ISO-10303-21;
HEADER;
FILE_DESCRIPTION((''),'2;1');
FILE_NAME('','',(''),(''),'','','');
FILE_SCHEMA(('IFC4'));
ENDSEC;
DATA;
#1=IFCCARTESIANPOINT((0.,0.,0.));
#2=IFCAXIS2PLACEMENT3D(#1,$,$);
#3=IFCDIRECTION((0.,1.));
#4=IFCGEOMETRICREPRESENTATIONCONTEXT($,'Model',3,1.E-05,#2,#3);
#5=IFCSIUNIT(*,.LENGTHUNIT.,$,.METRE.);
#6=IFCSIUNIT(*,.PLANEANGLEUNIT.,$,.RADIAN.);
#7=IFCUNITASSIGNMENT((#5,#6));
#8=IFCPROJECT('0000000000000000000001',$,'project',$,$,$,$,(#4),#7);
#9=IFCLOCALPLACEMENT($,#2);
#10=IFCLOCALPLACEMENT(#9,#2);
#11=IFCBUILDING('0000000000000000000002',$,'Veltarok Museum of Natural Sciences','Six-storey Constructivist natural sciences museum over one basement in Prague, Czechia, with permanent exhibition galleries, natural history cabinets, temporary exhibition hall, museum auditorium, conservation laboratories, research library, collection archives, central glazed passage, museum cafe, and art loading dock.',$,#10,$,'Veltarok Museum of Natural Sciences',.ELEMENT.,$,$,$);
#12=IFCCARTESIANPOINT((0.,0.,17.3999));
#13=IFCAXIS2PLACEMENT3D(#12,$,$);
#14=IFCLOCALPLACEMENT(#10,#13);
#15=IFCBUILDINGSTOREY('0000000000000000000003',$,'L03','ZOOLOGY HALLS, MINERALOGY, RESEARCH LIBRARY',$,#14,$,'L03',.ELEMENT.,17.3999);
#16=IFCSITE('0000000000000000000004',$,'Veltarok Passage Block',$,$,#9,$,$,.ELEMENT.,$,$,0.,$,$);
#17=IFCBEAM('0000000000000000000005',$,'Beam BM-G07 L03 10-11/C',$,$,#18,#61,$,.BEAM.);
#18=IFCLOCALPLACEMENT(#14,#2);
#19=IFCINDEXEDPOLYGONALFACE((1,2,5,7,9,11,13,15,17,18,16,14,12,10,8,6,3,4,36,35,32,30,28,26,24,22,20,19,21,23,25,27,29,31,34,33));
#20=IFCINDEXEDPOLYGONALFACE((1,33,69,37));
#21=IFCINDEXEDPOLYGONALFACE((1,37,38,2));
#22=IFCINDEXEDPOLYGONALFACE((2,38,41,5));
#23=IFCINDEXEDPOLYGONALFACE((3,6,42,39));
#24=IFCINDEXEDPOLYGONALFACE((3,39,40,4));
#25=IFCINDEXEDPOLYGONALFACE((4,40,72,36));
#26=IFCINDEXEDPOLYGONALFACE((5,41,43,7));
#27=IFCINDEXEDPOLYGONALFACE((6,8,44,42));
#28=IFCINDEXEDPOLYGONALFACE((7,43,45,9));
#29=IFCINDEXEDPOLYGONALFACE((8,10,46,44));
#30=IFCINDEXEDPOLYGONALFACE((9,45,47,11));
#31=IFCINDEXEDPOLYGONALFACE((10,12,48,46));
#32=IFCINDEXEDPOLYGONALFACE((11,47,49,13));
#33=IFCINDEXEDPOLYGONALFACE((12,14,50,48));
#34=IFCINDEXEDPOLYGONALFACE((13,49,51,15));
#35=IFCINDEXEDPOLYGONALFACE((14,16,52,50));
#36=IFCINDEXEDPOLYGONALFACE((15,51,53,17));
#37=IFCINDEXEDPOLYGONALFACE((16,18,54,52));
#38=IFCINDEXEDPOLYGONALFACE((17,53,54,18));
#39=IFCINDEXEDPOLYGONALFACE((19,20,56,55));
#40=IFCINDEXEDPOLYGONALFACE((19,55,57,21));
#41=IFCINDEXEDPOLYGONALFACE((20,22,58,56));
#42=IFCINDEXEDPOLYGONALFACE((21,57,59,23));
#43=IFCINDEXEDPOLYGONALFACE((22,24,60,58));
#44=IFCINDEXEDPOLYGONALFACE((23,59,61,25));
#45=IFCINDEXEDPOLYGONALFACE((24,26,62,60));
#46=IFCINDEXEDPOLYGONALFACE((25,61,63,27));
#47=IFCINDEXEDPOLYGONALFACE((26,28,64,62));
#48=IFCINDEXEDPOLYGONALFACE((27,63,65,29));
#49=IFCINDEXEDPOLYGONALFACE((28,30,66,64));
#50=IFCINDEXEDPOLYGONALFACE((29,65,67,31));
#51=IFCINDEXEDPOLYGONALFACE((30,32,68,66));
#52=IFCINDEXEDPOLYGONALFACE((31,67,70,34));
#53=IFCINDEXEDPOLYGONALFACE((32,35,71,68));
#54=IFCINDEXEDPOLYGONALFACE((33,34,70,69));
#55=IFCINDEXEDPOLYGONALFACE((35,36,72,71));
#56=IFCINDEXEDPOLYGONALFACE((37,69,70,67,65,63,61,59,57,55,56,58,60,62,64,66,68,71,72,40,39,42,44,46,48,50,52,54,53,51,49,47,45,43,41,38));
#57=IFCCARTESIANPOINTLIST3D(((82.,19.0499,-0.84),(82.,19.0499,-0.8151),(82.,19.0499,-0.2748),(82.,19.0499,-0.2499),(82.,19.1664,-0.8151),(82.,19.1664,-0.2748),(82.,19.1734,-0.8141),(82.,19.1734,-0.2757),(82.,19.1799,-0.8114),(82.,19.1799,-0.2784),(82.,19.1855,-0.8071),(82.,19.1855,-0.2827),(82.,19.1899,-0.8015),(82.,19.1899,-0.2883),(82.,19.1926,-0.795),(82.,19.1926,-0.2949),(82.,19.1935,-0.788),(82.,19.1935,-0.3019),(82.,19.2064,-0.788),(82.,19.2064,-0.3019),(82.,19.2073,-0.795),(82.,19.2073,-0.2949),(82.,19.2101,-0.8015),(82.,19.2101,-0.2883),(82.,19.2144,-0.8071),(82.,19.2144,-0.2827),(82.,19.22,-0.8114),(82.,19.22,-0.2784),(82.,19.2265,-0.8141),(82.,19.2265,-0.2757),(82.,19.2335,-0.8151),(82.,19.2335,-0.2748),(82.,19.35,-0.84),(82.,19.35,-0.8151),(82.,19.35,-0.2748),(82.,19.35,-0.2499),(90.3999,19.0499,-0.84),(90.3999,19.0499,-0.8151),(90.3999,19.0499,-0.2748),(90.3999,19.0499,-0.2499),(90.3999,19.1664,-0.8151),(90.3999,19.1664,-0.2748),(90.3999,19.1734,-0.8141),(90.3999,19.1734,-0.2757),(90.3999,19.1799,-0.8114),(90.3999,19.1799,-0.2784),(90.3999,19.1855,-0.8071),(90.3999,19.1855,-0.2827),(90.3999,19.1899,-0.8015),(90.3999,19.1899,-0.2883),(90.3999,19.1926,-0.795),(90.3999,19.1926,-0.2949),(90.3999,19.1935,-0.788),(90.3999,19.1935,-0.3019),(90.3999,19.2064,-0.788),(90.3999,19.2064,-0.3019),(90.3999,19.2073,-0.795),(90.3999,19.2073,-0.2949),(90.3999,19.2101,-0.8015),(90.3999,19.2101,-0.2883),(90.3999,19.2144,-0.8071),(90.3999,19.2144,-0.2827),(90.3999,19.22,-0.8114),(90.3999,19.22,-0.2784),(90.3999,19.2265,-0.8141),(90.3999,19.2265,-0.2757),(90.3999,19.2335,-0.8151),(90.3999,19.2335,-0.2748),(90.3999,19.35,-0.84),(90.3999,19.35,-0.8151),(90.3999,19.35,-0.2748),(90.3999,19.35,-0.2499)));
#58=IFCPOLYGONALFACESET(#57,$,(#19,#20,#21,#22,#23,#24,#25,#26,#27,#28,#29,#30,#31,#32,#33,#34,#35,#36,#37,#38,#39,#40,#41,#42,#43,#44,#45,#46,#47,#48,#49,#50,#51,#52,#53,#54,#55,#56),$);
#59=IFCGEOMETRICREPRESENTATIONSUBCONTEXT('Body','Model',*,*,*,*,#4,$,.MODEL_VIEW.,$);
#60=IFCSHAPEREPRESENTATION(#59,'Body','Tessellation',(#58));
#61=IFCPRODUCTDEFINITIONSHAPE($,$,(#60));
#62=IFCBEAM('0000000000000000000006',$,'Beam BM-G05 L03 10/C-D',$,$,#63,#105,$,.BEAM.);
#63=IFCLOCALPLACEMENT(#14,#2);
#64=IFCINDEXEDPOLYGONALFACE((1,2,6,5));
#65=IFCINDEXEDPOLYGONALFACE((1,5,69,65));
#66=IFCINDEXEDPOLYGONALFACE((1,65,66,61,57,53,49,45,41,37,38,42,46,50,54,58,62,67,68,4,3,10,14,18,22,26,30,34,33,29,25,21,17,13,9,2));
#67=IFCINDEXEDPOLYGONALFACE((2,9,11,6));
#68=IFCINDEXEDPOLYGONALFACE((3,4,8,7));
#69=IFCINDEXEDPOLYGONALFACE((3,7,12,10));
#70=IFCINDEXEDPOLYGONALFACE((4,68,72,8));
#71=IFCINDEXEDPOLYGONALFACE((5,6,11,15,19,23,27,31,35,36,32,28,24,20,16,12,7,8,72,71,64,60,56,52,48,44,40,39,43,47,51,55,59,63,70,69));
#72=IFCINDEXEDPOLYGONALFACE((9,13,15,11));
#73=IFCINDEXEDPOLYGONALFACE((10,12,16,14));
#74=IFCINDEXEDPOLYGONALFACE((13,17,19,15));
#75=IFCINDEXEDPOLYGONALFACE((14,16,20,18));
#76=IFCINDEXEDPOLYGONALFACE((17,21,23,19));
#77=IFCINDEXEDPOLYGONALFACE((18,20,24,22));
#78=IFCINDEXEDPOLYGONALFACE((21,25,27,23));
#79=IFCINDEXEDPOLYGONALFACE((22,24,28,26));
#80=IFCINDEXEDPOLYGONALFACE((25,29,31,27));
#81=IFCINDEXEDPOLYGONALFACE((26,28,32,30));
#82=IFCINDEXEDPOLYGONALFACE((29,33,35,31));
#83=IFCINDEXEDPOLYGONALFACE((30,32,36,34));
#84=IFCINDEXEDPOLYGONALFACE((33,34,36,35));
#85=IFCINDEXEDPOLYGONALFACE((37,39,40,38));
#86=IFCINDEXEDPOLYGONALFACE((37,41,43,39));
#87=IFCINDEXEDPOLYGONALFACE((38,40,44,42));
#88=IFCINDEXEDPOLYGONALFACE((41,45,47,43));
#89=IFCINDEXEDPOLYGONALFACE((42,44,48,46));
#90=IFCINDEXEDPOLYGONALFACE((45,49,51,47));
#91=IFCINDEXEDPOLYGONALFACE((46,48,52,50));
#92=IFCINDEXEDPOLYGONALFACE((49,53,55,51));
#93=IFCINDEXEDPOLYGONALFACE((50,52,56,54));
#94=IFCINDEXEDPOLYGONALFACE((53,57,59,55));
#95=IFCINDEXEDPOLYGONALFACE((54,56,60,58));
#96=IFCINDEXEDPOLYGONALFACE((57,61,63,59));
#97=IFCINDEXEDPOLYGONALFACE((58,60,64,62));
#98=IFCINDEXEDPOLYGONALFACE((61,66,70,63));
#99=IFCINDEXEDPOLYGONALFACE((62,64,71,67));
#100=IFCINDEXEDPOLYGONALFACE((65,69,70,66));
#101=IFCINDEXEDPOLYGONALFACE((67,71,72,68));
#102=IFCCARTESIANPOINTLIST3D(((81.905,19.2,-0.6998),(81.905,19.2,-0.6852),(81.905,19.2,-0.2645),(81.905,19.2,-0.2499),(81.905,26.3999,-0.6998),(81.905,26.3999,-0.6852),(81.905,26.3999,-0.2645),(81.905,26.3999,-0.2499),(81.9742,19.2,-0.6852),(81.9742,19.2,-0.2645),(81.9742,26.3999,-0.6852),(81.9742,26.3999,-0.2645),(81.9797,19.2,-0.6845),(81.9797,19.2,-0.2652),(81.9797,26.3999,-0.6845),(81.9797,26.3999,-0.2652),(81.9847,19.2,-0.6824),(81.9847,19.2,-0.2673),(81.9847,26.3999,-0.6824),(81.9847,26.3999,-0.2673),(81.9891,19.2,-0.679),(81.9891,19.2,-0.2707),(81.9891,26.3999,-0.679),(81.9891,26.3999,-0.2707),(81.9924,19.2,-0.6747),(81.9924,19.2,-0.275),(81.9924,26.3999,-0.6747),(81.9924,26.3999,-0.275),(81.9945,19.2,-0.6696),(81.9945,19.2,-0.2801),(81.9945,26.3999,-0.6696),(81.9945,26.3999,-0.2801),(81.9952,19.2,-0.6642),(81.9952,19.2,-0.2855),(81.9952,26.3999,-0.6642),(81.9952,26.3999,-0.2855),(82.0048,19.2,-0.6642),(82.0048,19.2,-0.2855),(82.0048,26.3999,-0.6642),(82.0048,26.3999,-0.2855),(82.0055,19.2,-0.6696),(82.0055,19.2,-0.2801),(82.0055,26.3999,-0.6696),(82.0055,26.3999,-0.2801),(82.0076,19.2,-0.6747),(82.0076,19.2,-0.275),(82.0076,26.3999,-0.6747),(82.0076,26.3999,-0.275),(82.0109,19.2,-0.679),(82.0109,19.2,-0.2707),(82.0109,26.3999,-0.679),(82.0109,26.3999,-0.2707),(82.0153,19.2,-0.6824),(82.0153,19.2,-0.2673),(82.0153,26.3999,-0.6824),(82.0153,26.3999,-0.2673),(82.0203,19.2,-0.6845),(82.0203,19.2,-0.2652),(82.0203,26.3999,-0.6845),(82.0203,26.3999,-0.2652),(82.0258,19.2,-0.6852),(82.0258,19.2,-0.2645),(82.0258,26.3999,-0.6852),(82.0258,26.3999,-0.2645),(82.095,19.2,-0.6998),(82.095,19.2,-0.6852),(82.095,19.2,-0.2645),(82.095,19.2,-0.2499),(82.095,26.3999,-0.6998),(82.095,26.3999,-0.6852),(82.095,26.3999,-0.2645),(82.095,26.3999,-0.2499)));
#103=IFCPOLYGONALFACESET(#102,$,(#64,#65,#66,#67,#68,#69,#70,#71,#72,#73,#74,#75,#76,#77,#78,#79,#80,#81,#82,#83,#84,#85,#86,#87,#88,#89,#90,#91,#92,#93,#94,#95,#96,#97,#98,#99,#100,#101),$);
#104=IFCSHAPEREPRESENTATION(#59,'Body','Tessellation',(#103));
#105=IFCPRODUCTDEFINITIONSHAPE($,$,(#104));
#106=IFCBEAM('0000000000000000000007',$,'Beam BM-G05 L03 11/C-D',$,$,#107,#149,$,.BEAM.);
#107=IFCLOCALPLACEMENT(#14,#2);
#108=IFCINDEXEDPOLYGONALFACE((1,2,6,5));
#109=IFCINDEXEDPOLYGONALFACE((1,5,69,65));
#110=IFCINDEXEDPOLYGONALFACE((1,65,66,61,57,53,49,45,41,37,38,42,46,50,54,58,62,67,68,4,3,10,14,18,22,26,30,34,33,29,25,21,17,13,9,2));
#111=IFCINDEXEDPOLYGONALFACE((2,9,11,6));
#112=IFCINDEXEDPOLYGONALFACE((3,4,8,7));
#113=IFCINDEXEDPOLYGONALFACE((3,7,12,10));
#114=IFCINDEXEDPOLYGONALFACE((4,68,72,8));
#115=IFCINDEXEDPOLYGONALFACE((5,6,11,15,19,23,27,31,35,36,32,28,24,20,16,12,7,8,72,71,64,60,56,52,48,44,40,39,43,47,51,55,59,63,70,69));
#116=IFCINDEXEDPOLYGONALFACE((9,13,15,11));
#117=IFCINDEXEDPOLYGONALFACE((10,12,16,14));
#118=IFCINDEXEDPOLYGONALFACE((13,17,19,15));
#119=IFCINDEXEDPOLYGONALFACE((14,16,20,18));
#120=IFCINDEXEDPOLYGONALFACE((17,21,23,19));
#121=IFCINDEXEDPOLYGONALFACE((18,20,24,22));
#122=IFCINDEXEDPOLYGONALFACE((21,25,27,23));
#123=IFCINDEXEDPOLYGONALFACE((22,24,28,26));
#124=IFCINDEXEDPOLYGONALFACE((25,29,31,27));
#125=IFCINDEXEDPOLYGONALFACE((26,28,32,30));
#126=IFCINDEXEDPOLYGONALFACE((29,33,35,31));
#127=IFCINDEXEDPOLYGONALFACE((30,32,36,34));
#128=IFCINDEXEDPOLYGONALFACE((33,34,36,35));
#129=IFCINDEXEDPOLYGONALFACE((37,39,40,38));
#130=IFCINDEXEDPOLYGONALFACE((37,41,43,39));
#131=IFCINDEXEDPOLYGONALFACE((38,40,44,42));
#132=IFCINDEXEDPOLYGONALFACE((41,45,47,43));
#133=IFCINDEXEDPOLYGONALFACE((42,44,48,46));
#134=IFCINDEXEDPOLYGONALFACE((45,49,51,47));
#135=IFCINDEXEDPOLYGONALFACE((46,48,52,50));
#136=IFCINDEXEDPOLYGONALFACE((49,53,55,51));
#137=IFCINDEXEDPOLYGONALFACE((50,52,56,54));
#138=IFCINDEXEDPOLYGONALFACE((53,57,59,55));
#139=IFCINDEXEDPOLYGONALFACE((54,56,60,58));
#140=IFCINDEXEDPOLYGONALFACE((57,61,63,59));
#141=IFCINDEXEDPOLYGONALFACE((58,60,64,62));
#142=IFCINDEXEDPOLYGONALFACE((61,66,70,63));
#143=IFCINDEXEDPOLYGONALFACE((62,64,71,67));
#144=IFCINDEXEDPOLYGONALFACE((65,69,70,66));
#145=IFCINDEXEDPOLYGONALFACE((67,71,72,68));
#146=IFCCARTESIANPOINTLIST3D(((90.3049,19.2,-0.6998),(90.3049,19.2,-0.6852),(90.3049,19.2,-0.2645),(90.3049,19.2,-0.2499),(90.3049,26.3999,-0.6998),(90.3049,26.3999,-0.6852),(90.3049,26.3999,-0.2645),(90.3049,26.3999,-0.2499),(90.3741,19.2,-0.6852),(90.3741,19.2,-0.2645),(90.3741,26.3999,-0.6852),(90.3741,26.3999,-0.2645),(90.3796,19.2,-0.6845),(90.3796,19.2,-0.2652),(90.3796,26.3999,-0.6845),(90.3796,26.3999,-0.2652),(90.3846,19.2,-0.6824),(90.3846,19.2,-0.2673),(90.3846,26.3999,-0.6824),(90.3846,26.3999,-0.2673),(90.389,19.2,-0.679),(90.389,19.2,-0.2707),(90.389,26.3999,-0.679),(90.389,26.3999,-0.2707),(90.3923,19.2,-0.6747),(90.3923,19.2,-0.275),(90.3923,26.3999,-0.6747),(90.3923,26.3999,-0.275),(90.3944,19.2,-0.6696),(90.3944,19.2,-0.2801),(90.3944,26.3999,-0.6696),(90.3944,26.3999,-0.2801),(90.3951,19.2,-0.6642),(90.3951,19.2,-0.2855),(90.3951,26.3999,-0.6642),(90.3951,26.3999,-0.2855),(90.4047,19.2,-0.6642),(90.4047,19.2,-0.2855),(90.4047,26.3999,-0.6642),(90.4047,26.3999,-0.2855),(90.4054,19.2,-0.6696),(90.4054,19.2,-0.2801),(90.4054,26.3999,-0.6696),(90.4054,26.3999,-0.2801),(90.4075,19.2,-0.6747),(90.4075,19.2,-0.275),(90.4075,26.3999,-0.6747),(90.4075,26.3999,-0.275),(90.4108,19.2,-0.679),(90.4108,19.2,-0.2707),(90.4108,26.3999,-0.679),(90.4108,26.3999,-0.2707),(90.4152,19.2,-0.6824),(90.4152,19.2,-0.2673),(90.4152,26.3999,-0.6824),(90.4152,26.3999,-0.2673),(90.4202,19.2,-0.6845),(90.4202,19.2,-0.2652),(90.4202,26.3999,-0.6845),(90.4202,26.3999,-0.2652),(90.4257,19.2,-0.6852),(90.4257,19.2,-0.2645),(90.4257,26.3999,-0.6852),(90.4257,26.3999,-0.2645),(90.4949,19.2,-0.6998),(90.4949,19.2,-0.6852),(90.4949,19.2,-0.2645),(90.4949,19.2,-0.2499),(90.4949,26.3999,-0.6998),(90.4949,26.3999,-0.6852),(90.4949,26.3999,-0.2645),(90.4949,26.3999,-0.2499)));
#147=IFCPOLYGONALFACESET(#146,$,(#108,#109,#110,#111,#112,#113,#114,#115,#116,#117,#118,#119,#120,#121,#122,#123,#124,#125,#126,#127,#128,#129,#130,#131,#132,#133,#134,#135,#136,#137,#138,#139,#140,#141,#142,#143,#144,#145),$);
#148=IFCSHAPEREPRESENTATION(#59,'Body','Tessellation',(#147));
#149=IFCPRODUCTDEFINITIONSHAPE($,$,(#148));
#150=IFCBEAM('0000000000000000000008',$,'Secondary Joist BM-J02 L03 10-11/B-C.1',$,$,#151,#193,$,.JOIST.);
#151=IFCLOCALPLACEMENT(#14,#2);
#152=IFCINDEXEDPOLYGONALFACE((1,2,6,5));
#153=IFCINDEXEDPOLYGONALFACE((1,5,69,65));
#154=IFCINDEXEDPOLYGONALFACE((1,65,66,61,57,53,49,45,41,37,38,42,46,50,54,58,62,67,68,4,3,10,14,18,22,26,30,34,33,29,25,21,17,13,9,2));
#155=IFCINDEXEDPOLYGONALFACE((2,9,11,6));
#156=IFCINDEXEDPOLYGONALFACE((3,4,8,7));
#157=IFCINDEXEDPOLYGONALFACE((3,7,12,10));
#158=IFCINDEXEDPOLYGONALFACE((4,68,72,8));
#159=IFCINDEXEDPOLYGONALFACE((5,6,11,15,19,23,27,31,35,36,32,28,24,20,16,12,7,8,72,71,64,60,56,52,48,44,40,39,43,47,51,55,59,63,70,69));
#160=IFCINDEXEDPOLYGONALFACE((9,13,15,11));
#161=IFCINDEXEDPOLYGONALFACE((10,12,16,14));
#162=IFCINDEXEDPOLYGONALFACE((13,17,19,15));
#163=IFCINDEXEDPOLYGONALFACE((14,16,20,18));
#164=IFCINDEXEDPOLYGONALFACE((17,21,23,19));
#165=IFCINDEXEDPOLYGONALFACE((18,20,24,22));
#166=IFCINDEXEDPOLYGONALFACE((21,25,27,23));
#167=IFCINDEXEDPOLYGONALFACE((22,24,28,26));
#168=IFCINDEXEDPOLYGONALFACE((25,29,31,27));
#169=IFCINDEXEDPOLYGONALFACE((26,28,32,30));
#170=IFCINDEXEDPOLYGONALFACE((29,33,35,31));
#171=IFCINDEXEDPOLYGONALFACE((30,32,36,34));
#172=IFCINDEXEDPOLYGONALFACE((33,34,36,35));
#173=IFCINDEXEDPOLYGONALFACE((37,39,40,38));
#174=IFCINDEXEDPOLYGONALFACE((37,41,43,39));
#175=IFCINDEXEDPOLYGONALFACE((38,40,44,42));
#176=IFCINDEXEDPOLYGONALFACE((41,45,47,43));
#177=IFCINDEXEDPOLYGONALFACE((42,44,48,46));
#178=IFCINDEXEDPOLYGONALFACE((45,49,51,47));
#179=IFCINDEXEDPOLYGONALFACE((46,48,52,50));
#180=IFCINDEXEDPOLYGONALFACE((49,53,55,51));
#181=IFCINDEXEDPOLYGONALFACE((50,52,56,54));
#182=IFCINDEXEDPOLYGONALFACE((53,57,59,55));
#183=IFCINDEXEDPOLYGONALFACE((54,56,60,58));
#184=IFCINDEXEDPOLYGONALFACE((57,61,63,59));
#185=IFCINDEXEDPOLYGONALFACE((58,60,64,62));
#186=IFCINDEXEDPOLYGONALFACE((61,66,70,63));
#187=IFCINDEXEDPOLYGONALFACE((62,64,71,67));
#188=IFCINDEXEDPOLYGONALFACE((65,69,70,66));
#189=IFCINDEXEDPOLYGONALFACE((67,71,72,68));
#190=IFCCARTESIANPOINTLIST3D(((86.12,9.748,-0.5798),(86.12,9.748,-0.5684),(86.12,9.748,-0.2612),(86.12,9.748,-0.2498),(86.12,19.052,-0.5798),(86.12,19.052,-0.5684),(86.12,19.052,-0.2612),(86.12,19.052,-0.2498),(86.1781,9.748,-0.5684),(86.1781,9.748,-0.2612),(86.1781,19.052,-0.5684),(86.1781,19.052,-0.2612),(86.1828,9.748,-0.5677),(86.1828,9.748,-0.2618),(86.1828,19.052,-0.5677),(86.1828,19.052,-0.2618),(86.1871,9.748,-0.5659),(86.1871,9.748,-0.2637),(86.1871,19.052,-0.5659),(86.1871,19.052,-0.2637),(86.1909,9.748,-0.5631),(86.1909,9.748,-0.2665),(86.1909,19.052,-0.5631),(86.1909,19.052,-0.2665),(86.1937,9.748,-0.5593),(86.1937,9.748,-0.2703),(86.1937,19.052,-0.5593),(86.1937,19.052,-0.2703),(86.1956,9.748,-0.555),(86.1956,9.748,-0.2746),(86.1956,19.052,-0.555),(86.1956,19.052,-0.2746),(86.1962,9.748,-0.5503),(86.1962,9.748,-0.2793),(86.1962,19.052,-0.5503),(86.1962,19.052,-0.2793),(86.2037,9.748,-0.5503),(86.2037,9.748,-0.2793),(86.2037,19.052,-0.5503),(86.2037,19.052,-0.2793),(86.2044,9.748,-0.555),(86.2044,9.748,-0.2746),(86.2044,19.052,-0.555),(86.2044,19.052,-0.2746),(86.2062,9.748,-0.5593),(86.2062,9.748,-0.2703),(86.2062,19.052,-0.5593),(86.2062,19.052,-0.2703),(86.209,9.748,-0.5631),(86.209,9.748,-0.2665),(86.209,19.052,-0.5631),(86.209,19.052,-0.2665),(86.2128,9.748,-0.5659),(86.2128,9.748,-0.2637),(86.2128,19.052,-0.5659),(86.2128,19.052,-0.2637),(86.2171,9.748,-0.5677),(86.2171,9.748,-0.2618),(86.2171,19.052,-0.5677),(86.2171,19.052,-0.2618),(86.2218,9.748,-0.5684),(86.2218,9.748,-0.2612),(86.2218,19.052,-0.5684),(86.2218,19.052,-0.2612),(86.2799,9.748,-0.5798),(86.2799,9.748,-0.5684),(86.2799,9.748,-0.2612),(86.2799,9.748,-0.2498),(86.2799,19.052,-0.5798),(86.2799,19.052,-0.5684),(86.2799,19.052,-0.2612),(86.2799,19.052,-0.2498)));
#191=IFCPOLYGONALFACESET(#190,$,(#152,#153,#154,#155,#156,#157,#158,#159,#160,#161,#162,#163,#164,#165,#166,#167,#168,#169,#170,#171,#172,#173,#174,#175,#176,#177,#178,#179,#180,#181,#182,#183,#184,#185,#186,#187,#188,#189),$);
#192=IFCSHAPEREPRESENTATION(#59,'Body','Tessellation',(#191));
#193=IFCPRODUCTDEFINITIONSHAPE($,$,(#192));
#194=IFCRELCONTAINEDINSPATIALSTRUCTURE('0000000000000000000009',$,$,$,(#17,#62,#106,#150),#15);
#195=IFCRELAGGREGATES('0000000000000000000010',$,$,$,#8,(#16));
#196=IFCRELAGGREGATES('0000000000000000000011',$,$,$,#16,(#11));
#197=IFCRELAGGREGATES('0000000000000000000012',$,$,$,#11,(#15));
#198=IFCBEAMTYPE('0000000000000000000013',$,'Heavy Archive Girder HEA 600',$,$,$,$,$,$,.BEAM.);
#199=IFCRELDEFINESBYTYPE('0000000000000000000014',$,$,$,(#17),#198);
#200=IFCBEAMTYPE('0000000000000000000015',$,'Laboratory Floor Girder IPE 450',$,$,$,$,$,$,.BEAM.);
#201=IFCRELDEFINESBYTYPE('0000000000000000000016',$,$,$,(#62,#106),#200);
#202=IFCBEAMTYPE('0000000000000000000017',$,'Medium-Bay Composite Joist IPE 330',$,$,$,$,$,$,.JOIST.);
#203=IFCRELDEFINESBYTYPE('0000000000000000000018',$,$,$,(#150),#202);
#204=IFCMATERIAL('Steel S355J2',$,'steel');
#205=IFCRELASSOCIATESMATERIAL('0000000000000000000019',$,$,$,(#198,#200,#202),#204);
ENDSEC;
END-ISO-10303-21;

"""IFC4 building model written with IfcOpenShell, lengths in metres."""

from ifc_helpers import new_model, si_unit, direction, frame, origin, origin_2d, place, context, subcontext, project, spatial, i_section, extrude, material, material_profile, profile_set, type_object, element, save


model = new_model("IFC4")

# Units and contexts
model_context = context("Model", 3, precision=1e-05, world=origin(), true_north=direction((0.0, 1.0)))
body_context = subcontext(model_context, "Body", "Model", "MODEL_VIEW")
ifc_project = project(units=[si_unit("LENGTHUNIT", "METRE"), si_unit("PLANEANGLEUNIT", "RADIAN")], contexts=[model_context])

# Site, building, storey
site_placement = place(None, origin())
site = spatial("IfcSite", under=ifc_project, at=site_placement, Name="Veltarok Passage Block", CompositionType="ELEMENT", RefElevation=0.0)
building_placement = place(site_placement, origin())
building = spatial("IfcBuilding", under=site, at=building_placement, Name="Veltarok Museum of Natural Sciences", Description="Six-storey Constructivist natural sciences museum over one basement in Prague, Czechia, with permanent exhibition galleries, natural history cabinets, temporary exhibition hall, museum auditorium, conservation laboratories, research library, collection archives, central glazed passage, museum cafe, and art loading dock.", LongName="Veltarok Museum of Natural Sciences", CompositionType="ELEMENT")
storey_placement = place(building_placement, frame((0.0, 0.0, 17.3999)))
storey = spatial("IfcBuildingStorey", under=building, at=storey_placement, Name="L03", Description="ZOOLOGY HALLS, MINERALOGY, RESEARCH LIBRARY", LongName="L03", CompositionType="ELEMENT", Elevation=17.3999)

# Shared definitions
ifc_material_1 = material(Name="Steel S355J2", Category="steel")

# Beams
ifc_material_profile_1 = material_profile(ifc_material_1, i_section(OverallWidth=0.3, OverallDepth=0.5901, WebThickness=0.0129, FlangeThickness=0.0249, FilletRadius=0.0271, at=origin_2d()), Name="HEA 600")
ifc_profile_set_1 = profile_set([ifc_material_profile_1], Name="Steel S355J2")
beam_type_1 = type_object("IfcBeamType", Name="Heavy Archive Girder HEA 600", PredefinedType="BEAM", material=ifc_profile_set_1)
beam_1_placement = place(storey_placement, frame((82.0, 19.2, -0.5449), z_axis=(1.0, 0.0, 0.0), x_axis=(0.0, 1.0, 0.0)))
element("IfcBeam", 1, at=beam_1_placement, inside=storey, type_object=beam_type_1, Name="Beam BM-G07 L03 10-11/C", PredefinedType="BEAM", context=body_context, shape_type="SweptSolid", body=[
    extrude(i_section(OverallWidth=0.3, OverallDepth=0.5901, WebThickness=0.0129, FlangeThickness=0.0249, FilletRadius=0.0271, at=origin_2d()), origin(), (0.0, 0.0, 1.0), 8.3999),
])
ifc_material_profile_2 = material_profile(ifc_material_1, i_section(OverallWidth=0.1899, OverallDepth=0.45, WebThickness=0.0095, FlangeThickness=0.0146, FilletRadius=0.021, at=origin_2d()), Name="IPE 450")
ifc_profile_set_2 = profile_set([ifc_material_profile_2], Name="Steel S355J2")
beam_type_2 = type_object("IfcBeamType", Name="Laboratory Floor Girder IPE 450", PredefinedType="BEAM", material=ifc_profile_set_2)
for number, where, z_axis, x_axis, name in (
    (2, (82.0, 19.2, -0.4749), (0.0, 1.0, 0.0), (-1.0, 0.0, 0.0), "Beam BM-G05 L03 10/C-D"),
    (3, (90.3999, 19.2, -0.4749), (0.0, 1.0, 0.0), (-1.0, 0.0, 0.0), "Beam BM-G05 L03 11/C-D"),
):
    element("IfcBeam", number, at=place(storey_placement, frame(where, z_axis=z_axis, x_axis=x_axis)), inside=storey, type_object=beam_type_2, Name=name, PredefinedType="BEAM", context=body_context, shape_type="SweptSolid", body=[
        extrude(i_section(OverallWidth=0.1899, OverallDepth=0.45, WebThickness=0.0095, FlangeThickness=0.0146, FilletRadius=0.021, at=origin_2d()), origin(), (0.0, 0.0, 1.0), 7.2),
    ])
ifc_material_profile_3 = material_profile(ifc_material_1, i_section(OverallWidth=0.1599, OverallDepth=0.3301, WebThickness=0.0076, FlangeThickness=0.0115, FilletRadius=0.0181, at=origin_2d()), Name="IPE 330")
ifc_profile_set_3 = profile_set([ifc_material_profile_3], Name="Steel S355J2")
beam_type_3 = type_object("IfcBeamType", Name="Medium-Bay Composite Joist IPE 330", PredefinedType="JOIST", material=ifc_profile_set_3)
beam_2_placement = place(storey_placement, frame((86.2, 9.748, -0.4148), z_axis=(0.0, 1.0, 0.0), x_axis=(-1.0, 0.0, 0.0)))
element("IfcBeam", 4, at=beam_2_placement, inside=storey, type_object=beam_type_3, Name="Secondary Joist BM-J02 L03 10-11/B-C.1", PredefinedType="JOIST", context=body_context, shape_type="SweptSolid", body=[
    extrude(i_section(OverallWidth=0.1599, OverallDepth=0.3301, WebThickness=0.0076, FlangeThickness=0.0115, FilletRadius=0.0181, at=origin_2d()), origin(), (0.0, 0.0, 1.0), 9.304),
])

save(model, "model.ifc")
